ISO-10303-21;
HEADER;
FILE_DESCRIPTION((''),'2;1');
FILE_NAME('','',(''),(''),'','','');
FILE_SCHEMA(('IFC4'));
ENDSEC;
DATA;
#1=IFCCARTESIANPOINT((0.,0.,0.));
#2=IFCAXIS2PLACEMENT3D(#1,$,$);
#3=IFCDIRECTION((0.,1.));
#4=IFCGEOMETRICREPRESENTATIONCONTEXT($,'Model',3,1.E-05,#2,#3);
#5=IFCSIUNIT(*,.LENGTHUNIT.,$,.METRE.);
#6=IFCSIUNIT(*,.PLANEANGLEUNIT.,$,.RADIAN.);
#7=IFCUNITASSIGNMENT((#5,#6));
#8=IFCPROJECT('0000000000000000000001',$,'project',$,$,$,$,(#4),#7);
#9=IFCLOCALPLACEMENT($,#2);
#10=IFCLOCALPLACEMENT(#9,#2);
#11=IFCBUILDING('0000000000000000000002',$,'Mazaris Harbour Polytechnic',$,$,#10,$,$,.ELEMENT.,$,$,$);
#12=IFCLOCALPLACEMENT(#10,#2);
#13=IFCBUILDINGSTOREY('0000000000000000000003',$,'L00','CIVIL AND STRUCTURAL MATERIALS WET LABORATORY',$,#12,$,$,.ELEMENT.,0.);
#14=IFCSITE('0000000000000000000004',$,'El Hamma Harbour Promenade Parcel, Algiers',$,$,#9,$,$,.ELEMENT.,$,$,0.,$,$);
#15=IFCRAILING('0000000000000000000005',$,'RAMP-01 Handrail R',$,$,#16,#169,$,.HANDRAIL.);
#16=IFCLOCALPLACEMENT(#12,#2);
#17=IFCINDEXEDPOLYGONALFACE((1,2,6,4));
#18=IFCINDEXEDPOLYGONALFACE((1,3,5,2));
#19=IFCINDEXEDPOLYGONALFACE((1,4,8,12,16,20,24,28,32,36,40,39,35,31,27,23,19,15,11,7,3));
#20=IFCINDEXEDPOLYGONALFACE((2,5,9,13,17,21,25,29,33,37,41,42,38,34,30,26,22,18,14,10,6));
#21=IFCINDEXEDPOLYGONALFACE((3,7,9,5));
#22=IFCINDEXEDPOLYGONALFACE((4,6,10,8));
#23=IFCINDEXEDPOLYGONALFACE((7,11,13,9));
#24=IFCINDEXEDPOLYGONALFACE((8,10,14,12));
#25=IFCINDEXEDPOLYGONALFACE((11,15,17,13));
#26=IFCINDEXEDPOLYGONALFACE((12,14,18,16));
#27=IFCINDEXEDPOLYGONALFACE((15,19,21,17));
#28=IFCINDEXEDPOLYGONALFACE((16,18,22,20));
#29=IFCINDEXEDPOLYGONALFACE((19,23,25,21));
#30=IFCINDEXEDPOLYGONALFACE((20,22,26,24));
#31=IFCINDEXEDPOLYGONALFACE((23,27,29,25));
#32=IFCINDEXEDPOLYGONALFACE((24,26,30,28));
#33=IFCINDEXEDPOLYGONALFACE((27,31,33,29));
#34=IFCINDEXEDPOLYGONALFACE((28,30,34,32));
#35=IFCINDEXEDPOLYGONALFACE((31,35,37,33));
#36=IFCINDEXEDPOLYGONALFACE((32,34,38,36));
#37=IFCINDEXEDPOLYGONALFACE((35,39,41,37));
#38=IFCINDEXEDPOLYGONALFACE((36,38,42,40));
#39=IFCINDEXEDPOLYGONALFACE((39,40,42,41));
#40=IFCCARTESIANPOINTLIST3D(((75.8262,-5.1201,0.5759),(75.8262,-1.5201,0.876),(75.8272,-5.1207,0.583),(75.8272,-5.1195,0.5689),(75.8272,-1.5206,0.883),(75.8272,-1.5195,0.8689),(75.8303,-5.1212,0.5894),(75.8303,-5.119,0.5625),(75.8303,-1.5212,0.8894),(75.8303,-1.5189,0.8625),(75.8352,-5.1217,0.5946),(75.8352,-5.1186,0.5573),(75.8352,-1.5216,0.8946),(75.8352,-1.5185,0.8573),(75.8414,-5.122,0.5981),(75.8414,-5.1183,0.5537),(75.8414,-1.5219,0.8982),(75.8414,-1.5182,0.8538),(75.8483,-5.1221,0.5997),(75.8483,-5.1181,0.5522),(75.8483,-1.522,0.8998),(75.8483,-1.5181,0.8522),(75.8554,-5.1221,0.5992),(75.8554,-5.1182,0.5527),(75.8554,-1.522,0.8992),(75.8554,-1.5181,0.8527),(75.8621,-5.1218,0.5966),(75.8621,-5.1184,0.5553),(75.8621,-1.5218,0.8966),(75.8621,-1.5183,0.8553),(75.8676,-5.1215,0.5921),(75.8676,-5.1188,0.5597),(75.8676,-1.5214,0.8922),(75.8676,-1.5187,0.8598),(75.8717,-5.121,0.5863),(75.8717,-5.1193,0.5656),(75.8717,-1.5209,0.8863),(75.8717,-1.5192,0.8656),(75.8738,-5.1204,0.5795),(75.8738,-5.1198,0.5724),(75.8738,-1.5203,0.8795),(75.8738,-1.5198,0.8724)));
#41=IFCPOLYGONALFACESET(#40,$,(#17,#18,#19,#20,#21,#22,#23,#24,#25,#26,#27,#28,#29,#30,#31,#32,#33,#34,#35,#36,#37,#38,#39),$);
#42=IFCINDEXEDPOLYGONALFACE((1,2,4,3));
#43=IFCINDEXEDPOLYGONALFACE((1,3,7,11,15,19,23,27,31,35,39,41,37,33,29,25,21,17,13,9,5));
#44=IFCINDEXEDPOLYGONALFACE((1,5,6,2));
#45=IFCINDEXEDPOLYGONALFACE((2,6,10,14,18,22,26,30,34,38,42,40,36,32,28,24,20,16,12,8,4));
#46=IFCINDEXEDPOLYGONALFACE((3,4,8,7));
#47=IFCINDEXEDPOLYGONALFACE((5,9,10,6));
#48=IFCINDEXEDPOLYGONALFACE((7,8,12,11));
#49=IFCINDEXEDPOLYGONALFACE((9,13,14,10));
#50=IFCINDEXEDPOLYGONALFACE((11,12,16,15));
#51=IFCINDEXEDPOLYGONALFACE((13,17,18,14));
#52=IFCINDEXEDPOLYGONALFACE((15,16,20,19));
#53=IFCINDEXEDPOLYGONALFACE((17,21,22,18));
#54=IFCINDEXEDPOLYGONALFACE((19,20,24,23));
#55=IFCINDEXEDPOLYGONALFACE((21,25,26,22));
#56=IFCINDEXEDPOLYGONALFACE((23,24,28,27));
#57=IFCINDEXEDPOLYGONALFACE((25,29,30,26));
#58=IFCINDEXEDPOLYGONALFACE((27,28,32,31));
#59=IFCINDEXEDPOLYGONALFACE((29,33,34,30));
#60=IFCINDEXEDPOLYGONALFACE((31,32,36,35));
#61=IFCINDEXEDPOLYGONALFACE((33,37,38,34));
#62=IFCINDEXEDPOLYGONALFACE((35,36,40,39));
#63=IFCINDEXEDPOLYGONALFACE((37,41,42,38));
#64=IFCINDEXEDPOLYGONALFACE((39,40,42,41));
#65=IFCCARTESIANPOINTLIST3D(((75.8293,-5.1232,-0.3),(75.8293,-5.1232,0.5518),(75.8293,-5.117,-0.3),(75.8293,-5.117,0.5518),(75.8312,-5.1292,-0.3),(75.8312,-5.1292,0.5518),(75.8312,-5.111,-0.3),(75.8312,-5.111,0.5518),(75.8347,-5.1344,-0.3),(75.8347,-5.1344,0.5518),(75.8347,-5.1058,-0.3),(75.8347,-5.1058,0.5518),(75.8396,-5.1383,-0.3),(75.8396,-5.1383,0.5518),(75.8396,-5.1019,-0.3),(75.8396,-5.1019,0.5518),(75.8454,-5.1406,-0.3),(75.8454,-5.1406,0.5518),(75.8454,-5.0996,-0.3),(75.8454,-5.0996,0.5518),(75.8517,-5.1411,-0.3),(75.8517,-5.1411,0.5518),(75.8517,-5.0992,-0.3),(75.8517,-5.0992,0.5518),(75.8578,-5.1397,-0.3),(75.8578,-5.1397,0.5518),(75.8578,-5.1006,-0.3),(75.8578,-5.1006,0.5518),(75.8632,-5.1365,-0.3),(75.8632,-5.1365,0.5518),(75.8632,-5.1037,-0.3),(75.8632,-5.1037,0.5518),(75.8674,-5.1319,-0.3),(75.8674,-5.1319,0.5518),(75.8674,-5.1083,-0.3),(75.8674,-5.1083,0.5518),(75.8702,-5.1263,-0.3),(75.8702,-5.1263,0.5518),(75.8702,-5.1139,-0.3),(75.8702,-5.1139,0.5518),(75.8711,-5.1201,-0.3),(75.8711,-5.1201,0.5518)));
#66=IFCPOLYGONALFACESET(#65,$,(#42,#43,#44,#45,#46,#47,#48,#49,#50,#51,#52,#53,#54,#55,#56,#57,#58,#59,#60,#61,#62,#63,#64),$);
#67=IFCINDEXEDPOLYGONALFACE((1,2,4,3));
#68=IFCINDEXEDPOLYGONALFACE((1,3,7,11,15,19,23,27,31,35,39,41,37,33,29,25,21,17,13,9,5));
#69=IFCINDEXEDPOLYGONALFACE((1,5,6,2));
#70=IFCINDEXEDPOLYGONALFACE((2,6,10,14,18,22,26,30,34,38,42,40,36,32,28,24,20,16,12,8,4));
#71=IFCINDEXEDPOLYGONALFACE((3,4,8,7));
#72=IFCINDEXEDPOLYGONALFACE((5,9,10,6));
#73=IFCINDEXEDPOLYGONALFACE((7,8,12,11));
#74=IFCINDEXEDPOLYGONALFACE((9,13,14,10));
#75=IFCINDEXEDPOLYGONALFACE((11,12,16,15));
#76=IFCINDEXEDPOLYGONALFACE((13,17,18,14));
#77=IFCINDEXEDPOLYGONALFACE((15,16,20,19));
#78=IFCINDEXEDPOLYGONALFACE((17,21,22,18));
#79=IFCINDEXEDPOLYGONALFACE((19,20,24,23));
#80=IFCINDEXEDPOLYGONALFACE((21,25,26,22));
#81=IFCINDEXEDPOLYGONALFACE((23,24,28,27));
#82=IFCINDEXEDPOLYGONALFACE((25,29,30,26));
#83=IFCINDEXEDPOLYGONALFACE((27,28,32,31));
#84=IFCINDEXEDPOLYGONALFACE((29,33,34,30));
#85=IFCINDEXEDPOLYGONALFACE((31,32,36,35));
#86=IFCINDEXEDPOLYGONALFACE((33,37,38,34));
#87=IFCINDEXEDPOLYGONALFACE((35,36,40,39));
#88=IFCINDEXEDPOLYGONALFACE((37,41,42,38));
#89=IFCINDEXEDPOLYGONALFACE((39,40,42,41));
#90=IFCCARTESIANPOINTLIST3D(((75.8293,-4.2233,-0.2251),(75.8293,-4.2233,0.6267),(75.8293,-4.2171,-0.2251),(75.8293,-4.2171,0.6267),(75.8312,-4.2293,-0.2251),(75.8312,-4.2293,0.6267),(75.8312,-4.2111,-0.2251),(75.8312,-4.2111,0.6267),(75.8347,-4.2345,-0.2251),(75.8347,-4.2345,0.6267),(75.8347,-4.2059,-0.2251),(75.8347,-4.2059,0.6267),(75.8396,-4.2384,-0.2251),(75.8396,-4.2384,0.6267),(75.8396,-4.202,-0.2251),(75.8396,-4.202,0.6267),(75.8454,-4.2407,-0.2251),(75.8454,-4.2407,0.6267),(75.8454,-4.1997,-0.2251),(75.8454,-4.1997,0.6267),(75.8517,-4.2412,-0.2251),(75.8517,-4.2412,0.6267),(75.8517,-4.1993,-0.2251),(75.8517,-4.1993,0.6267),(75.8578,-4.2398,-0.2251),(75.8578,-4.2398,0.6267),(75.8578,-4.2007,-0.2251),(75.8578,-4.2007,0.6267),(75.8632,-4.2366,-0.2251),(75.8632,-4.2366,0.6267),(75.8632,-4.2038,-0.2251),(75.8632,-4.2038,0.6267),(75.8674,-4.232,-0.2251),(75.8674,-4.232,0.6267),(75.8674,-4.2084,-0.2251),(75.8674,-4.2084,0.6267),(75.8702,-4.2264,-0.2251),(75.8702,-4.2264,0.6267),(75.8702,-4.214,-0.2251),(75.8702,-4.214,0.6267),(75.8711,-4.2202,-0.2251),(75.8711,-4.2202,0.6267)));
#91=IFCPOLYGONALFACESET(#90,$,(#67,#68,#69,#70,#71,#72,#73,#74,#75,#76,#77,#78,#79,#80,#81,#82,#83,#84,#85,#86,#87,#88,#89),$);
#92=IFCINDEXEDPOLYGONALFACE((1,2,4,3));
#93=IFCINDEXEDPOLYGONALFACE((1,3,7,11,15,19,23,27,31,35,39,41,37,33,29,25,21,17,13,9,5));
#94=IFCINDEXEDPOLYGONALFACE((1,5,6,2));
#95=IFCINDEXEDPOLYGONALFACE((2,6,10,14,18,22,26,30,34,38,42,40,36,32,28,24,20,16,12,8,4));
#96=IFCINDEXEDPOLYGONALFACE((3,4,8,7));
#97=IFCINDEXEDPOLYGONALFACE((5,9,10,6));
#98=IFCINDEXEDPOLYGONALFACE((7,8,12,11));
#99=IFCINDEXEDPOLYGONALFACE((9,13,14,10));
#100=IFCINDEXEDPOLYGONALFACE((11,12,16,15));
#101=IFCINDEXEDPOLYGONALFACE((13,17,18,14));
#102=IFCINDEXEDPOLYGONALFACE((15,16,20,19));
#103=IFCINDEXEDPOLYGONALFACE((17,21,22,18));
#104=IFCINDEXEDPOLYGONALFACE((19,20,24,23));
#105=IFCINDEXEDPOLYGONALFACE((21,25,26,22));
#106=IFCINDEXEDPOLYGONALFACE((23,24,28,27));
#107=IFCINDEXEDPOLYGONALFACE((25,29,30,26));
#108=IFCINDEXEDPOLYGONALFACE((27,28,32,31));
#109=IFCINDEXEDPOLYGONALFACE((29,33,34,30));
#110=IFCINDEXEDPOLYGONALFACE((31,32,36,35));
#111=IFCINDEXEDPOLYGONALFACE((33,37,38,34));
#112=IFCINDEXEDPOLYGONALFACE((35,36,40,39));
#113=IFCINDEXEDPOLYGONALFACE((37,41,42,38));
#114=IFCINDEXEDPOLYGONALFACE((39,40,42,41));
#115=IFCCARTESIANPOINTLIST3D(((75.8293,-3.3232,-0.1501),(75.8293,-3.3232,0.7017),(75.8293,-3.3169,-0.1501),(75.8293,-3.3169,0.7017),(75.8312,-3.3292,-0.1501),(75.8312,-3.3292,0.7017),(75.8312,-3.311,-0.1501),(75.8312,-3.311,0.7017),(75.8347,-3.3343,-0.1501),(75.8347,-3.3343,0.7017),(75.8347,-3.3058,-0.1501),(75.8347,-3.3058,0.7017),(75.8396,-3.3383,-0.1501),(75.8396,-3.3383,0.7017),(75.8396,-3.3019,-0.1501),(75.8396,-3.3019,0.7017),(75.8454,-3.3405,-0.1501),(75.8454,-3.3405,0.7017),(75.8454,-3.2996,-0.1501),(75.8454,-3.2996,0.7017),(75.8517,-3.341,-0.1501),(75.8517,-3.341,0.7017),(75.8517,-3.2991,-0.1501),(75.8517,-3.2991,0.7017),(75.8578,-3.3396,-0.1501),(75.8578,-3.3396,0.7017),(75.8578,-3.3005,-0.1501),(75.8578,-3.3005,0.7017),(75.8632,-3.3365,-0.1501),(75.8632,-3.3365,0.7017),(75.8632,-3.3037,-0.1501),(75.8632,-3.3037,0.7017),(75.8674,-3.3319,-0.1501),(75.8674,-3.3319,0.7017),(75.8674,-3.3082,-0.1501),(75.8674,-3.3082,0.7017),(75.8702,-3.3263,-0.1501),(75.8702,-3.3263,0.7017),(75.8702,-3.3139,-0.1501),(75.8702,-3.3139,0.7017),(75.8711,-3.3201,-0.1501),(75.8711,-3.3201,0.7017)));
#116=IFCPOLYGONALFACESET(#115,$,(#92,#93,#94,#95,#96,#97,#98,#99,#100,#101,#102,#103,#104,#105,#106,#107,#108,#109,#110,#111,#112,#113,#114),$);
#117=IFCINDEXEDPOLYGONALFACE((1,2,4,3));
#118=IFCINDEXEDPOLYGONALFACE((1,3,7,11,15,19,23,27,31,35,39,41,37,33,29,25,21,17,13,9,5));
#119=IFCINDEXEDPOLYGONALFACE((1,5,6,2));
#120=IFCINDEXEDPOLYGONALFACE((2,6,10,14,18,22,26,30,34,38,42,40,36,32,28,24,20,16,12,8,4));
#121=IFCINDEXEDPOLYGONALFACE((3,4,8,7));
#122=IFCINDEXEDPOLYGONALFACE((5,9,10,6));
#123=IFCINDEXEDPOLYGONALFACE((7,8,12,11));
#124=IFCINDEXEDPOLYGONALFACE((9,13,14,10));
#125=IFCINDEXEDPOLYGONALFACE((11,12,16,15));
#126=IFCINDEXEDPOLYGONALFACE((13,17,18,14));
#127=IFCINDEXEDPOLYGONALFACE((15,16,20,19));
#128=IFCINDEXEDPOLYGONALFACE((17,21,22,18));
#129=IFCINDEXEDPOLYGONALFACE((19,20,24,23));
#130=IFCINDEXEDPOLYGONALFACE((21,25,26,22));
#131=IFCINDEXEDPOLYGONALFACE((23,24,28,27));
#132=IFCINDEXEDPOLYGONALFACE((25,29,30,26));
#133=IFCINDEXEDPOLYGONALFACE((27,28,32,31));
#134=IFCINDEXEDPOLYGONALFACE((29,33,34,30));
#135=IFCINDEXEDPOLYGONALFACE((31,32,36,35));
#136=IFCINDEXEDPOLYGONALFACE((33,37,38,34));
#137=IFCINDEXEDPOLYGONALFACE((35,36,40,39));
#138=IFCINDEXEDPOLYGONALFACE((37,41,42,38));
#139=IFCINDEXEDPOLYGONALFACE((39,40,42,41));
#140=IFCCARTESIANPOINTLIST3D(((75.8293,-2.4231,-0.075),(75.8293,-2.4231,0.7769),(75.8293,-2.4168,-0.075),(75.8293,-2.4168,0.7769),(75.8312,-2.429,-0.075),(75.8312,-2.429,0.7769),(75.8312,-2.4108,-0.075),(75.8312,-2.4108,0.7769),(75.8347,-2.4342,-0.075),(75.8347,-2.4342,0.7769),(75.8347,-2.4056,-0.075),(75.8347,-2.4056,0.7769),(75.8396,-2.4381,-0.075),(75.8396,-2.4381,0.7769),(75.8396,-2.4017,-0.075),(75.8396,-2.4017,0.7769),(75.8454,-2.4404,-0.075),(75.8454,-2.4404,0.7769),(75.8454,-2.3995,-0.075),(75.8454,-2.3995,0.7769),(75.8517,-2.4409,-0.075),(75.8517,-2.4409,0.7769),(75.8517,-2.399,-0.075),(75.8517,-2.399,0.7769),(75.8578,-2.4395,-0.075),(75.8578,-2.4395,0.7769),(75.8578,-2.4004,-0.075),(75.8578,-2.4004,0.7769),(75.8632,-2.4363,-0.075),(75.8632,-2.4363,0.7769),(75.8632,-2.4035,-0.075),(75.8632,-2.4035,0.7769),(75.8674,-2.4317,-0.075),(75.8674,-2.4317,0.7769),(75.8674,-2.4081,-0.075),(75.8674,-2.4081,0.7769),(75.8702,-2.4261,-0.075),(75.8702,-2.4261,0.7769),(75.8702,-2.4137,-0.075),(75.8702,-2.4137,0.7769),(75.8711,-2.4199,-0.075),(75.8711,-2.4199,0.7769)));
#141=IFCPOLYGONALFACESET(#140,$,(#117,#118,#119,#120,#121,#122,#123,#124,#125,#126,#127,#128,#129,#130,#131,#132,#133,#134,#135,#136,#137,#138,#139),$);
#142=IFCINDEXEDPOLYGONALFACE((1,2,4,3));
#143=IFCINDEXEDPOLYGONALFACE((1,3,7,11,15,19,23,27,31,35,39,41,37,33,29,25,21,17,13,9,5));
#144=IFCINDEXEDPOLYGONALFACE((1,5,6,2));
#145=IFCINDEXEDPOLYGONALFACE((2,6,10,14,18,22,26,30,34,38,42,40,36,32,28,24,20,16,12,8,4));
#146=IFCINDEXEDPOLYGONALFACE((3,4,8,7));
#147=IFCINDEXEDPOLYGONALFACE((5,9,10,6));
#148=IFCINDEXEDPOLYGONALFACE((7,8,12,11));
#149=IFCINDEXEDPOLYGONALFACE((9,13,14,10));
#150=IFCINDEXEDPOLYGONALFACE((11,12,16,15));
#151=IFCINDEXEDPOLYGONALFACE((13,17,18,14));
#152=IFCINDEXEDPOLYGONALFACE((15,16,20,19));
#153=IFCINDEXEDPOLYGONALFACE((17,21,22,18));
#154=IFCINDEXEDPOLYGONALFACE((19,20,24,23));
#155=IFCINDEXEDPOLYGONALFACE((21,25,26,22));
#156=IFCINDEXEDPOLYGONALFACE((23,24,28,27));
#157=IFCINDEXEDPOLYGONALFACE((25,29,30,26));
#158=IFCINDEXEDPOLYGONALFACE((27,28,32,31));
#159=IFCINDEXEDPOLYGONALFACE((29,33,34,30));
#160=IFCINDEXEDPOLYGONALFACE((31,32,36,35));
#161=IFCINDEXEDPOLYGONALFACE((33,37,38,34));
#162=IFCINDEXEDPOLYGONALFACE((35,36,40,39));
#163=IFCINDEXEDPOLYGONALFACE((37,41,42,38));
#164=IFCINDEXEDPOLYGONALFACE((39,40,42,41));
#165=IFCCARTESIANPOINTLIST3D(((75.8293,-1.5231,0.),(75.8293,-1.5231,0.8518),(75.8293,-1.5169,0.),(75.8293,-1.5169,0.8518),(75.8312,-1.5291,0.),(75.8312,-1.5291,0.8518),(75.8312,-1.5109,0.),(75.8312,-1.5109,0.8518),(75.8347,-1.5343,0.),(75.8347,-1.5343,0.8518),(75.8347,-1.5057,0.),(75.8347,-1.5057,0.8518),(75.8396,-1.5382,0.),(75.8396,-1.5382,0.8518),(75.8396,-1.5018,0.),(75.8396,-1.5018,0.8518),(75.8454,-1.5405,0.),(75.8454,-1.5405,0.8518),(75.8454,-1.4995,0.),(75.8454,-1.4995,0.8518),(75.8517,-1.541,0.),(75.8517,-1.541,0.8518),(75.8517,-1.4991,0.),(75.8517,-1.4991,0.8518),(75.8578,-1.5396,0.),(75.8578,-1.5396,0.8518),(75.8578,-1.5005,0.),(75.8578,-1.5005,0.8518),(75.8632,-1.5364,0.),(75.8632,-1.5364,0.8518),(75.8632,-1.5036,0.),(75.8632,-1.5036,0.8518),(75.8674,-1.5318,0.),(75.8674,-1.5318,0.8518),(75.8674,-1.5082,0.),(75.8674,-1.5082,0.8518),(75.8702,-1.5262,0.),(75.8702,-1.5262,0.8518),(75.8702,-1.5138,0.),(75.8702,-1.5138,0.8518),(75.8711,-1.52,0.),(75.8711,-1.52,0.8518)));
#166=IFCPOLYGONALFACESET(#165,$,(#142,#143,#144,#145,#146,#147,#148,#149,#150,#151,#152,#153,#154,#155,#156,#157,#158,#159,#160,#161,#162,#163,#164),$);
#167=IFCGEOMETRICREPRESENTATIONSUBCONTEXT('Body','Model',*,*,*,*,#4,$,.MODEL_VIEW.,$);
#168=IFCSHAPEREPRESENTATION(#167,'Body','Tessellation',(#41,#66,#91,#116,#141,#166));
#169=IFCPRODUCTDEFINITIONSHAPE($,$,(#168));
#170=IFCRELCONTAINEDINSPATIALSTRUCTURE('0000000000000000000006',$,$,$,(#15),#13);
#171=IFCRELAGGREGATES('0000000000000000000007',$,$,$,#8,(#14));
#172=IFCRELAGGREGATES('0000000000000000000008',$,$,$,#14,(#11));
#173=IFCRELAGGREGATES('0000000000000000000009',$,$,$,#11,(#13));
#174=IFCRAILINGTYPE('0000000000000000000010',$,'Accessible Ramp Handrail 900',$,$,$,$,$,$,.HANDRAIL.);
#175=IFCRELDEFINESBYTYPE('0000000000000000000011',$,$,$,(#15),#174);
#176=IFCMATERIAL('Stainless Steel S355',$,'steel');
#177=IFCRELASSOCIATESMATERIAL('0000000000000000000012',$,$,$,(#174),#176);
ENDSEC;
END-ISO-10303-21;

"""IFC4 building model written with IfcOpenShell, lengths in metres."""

from ifc_helpers import new_model, si_unit, direction, frame, origin, origin_2d, place, context, subcontext, project, spatial, circle, extrude, material, type_object, element, save


model = new_model("IFC4")

# Units and contexts
model_context = context("Model", 3, precision=1e-05, world=origin(), true_north=direction((0.0, 1.0)))
body_context = subcontext(model_context, "Body", "Model", "MODEL_VIEW")
ifc_project = project(units=[si_unit("LENGTHUNIT", "METRE"), si_unit("PLANEANGLEUNIT", "RADIAN")], contexts=[model_context])

# Site, building, storey
site_placement = place(None, origin())
site = spatial("IfcSite", under=ifc_project, at=site_placement, Name="El Hamma Harbour Promenade Parcel, Algiers", CompositionType="ELEMENT", RefElevation=0.0)
building_placement = place(site_placement, origin())
building = spatial("IfcBuilding", under=site, at=building_placement, Name="Mazaris Harbour Polytechnic", CompositionType="ELEMENT")
storey_placement = place(building_placement, origin())
storey = spatial("IfcBuildingStorey", under=building, at=storey_placement, Name="L00", Description="CIVIL AND STRUCTURAL MATERIALS WET LABORATORY", CompositionType="ELEMENT", Elevation=0.0)

# Railing
ifc_material_1 = material(Name="Stainless Steel S355", Category="steel")
railing_type = type_object("IfcRailingType", Name="Accessible Ramp Handrail 900", PredefinedType="HANDRAIL", material=ifc_material_1)
for number, where, name in (
    (1, (75.8501, -5.1201, -0.3), "RAMP-01 Handrail R"),
):
    element("IfcRailing", number, at=place(storey_placement, frame(where)), inside=storey, type_object=railing_type, Name=name, PredefinedType="HANDRAIL", context=body_context, shape_type="SweptSolid", body=[
        extrude(circle(Radius=0.0239, at=origin_2d()), frame((0.0, 0.0, 0.876), z_axis=(0.0, 0.996545, 0.083057), x_axis=(-1.0, 0.0, 0.0)), (0.0, 0.0, 1.0), 3.6125),
        extrude(circle(Radius=0.021, at=origin_2d()), origin(), (0.0, 0.0, 1.0), 0.8518),
        extrude(circle(Radius=0.021, at=origin_2d()), frame((0.0, 0.8999, 0.075)), (0.0, 0.0, 1.0), 0.8518),
        extrude(circle(Radius=0.021, at=origin_2d()), frame((0.0, 1.8, 0.1499)), (0.0, 0.0, 1.0), 0.8518),
        extrude(circle(Radius=0.021, at=origin_2d()), frame((0.0, 2.7002, 0.2251)), (0.0, 0.0, 1.0), 0.8518),
        extrude(circle(Radius=0.021, at=origin_2d()), frame((0.0, 3.6001, 0.3)), (0.0, 0.0, 1.0), 0.8518),
    ])

save(model, "model.ifc")
